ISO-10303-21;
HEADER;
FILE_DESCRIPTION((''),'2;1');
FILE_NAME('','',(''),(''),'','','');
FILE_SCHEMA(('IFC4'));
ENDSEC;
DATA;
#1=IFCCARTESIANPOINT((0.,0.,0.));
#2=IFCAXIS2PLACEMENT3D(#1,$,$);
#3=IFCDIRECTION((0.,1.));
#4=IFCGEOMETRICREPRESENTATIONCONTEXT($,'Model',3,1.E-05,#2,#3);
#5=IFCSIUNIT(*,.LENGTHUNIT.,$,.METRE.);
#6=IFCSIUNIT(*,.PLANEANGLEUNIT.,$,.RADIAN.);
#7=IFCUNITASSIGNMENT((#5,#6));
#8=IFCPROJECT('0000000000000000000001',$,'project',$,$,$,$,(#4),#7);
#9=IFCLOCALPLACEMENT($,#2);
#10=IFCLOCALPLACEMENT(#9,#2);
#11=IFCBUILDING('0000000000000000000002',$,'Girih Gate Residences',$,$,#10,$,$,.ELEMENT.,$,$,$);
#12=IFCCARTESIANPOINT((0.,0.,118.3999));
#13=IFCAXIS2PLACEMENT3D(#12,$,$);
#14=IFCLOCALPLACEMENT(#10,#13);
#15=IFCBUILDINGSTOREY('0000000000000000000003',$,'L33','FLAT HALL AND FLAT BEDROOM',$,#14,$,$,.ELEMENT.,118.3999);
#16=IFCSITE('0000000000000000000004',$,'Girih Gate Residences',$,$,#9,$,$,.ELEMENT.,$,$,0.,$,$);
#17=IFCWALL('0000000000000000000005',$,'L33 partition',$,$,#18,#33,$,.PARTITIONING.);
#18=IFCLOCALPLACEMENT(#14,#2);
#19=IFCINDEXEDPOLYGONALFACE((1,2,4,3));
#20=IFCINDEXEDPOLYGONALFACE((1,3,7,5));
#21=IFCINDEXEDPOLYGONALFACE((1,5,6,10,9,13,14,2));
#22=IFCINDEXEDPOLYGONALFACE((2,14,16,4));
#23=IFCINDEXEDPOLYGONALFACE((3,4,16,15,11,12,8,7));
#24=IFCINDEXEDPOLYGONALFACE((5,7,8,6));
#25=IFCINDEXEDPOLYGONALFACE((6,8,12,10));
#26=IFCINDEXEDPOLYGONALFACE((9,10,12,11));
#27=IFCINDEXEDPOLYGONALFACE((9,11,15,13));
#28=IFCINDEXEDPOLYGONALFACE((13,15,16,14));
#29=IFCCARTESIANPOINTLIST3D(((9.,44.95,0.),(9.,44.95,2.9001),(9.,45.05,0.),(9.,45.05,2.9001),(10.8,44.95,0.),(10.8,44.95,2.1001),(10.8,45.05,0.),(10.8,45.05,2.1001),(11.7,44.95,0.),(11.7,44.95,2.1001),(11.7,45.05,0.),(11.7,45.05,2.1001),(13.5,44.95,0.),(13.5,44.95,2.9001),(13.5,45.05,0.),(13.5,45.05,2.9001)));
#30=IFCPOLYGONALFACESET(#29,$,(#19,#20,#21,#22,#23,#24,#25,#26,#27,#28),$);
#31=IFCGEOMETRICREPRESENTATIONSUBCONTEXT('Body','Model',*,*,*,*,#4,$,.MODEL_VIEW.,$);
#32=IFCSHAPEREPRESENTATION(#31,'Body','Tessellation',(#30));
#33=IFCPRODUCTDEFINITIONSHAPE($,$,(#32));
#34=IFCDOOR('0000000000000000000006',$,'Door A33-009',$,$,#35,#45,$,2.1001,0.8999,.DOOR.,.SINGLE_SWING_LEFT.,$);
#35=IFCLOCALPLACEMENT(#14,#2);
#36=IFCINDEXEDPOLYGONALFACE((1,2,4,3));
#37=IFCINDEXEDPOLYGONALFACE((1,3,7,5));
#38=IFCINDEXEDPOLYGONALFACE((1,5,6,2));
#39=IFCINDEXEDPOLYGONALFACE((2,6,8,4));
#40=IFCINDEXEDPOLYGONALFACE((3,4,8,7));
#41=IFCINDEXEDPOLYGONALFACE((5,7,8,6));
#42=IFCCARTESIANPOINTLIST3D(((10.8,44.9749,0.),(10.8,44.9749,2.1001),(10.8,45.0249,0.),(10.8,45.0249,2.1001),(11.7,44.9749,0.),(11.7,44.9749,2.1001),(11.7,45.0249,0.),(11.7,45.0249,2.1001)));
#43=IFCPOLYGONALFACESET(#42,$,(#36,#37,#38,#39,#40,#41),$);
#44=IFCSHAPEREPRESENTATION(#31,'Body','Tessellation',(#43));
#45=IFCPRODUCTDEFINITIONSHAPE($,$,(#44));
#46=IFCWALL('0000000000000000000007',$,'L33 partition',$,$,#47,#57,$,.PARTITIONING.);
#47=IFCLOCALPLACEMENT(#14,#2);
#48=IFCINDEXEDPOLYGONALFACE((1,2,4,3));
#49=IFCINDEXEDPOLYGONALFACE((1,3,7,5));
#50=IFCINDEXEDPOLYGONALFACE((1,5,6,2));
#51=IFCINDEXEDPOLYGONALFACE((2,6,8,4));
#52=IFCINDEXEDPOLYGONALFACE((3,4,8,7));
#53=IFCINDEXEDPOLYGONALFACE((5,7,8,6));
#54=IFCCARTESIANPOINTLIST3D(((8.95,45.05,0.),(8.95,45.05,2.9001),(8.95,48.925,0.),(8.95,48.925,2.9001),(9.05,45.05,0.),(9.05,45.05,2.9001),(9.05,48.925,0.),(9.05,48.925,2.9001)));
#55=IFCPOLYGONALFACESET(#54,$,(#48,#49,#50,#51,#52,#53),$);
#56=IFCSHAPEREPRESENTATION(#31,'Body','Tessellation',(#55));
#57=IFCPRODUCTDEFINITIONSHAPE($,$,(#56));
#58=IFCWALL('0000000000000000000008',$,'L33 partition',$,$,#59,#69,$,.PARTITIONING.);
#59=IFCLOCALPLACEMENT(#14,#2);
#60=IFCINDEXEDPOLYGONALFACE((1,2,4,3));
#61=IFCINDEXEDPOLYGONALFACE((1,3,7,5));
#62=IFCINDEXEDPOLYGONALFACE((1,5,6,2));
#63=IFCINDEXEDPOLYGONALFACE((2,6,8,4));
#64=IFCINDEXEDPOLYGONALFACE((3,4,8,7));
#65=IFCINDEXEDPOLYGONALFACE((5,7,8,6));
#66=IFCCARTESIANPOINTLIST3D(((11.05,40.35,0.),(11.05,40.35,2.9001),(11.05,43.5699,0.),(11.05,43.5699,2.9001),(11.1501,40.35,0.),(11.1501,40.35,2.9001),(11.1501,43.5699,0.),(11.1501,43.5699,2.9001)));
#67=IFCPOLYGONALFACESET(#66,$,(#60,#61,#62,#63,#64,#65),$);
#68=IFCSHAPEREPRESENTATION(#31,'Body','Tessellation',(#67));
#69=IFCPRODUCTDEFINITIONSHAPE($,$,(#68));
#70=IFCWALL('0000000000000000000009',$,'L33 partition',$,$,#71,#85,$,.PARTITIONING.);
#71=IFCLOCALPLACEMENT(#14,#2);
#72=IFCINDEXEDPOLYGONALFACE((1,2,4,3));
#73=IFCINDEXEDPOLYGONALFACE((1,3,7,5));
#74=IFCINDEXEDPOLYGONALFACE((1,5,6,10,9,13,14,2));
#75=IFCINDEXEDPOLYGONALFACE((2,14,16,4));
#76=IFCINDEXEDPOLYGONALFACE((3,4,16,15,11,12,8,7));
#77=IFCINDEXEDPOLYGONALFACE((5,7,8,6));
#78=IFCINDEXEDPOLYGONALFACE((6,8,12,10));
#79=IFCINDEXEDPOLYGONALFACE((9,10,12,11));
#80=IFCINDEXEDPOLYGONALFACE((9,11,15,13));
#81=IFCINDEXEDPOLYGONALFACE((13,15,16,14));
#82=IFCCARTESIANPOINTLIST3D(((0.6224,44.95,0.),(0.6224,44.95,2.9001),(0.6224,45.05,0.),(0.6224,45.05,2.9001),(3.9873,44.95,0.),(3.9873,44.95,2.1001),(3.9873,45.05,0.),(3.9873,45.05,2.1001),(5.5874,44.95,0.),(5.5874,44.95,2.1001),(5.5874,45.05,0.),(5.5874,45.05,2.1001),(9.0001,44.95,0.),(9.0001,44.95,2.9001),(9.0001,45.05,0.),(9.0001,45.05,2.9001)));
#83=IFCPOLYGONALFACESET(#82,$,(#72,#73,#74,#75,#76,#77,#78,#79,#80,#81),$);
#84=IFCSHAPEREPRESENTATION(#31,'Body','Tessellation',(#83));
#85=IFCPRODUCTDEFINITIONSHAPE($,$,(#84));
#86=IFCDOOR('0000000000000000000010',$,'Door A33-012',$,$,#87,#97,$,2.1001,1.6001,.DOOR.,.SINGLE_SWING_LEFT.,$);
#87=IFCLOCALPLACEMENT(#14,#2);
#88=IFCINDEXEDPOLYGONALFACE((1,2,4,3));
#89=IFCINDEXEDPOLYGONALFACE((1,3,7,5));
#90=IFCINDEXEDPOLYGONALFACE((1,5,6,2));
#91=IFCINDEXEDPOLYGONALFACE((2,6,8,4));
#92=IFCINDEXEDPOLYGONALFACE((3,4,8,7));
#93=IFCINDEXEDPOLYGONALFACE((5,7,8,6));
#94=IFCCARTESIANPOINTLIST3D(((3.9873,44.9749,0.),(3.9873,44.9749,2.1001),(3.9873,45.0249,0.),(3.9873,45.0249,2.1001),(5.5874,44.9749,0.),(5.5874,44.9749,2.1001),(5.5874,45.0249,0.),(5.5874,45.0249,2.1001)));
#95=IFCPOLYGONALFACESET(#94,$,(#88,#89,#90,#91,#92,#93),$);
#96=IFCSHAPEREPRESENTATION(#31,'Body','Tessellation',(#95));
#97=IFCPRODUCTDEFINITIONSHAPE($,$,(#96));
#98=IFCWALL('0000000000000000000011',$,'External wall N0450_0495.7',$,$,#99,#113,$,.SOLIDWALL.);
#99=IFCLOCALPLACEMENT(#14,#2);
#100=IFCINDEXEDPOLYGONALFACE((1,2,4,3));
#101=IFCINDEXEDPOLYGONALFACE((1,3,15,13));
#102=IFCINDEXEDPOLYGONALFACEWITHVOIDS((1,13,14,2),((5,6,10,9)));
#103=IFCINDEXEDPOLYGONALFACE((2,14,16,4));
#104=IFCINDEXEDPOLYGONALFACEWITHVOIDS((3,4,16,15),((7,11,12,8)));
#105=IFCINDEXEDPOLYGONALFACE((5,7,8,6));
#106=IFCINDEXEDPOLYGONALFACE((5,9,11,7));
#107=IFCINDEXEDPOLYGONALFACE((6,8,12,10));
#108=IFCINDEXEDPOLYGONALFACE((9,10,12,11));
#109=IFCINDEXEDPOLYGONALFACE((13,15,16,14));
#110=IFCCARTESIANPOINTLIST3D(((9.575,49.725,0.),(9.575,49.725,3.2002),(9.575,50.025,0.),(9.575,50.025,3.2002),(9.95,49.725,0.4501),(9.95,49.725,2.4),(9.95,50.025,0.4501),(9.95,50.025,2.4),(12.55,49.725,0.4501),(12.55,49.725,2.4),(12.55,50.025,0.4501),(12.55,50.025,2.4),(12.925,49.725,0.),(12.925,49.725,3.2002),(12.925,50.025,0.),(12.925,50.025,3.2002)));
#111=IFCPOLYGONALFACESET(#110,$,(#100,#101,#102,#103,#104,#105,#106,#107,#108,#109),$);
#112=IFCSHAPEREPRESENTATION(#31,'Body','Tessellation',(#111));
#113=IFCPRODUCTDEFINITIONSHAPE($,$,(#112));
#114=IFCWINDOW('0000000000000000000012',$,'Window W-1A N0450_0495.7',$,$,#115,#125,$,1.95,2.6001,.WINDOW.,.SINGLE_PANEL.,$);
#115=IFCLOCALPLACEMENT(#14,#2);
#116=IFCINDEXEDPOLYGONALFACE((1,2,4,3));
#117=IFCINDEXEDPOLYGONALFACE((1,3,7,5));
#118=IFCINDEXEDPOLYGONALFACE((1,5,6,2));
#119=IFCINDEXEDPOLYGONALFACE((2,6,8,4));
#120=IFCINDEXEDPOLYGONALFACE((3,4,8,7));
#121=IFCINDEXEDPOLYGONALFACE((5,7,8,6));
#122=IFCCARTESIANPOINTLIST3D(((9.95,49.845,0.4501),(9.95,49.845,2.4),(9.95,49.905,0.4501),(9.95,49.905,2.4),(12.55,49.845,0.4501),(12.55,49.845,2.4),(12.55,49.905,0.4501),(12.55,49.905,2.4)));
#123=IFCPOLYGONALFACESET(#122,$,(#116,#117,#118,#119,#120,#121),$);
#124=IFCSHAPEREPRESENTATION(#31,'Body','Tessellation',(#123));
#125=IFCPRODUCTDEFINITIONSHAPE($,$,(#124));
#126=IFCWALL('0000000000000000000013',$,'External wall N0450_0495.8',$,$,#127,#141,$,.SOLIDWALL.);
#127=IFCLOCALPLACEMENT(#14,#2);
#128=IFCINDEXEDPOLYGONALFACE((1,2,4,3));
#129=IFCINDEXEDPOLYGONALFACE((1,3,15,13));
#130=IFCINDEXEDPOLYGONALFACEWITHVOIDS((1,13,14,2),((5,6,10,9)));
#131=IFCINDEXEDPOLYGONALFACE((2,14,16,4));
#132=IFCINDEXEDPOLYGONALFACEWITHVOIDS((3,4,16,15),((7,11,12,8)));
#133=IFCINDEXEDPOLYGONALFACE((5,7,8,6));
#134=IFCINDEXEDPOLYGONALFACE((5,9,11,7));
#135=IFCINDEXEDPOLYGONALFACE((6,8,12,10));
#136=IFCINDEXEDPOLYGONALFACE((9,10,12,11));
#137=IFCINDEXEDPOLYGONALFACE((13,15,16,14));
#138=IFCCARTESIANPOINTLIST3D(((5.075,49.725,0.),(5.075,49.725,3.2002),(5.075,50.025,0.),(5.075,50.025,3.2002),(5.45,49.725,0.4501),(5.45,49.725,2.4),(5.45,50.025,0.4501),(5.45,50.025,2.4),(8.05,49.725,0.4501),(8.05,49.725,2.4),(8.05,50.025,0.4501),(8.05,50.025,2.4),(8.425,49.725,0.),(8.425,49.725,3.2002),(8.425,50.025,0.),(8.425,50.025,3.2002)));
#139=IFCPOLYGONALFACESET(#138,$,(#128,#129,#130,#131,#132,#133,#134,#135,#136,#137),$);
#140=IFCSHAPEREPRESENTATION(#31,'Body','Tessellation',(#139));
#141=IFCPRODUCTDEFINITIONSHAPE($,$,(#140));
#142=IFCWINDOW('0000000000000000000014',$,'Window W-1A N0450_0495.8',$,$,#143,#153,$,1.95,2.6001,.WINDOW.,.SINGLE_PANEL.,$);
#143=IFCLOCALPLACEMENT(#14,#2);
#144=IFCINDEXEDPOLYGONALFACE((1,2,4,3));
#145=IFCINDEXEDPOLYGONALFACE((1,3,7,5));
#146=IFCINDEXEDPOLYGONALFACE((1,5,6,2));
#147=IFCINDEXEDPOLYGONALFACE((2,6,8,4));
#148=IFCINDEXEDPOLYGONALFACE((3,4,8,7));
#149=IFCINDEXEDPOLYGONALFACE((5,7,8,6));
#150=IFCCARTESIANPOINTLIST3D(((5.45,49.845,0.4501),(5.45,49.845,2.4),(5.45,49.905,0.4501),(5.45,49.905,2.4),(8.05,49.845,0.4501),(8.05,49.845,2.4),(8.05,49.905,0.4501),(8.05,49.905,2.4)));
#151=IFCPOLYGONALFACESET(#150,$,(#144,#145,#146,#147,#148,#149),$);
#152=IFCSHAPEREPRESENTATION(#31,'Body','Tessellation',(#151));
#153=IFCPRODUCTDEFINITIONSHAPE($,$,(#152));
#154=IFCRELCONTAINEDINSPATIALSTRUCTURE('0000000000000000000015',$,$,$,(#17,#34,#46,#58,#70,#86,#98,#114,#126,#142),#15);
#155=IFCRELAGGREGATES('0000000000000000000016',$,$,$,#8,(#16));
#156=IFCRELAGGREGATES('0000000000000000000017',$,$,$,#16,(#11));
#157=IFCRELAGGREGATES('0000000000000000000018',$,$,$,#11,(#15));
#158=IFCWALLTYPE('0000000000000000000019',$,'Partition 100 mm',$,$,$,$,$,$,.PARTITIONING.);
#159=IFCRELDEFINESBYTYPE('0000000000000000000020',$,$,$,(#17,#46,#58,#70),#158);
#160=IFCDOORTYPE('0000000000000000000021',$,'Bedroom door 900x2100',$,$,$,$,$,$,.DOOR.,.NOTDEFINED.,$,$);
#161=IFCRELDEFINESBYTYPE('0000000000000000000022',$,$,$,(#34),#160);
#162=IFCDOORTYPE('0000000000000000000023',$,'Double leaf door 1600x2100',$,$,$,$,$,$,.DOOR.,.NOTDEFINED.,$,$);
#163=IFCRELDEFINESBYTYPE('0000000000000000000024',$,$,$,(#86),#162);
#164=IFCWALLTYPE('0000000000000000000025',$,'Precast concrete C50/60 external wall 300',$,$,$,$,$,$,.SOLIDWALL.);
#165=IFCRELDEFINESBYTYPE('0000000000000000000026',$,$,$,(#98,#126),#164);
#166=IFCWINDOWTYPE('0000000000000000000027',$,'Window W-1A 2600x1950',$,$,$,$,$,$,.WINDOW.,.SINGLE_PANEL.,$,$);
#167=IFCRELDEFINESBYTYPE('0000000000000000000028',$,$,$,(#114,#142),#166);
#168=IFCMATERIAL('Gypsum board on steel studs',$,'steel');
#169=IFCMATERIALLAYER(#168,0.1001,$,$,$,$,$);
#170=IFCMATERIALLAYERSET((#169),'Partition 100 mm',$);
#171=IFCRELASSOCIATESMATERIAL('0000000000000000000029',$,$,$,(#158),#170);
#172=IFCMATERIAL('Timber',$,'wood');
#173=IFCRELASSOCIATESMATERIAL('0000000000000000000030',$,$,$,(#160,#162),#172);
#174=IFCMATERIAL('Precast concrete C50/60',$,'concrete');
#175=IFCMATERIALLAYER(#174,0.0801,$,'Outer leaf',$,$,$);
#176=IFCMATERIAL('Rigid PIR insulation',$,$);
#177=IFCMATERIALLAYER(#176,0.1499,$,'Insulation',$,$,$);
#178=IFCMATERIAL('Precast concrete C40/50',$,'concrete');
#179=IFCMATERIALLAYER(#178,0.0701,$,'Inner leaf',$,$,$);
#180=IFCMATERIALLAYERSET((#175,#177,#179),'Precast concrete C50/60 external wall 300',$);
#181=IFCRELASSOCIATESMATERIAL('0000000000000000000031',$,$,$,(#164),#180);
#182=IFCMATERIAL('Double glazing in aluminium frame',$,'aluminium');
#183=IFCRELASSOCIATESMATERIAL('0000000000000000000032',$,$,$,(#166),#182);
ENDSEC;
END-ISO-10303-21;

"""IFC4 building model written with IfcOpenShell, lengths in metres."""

from ifc_helpers import new_model, si_unit, direction, frame, frame_2d, origin, place, context, subcontext, project, spatial, rectangle, extrude, material, layer, layer_set, type_object, element, fill, save


model = new_model("IFC4")

# Units and contexts
model_context = context("Model", 3, precision=1e-05, world=origin(), true_north=direction((0.0, 1.0)))
body_context = subcontext(model_context, "Body", "Model", "MODEL_VIEW")
ifc_project = project(units=[si_unit("LENGTHUNIT", "METRE"), si_unit("PLANEANGLEUNIT", "RADIAN")], contexts=[model_context])

# Site, building, storey
site_placement = place(None, origin())
site = spatial("IfcSite", under=ifc_project, at=site_placement, Name="Girih Gate Residences", CompositionType="ELEMENT", RefElevation=0.0)
building_placement = place(site_placement, origin())
building = spatial("IfcBuilding", under=site, at=building_placement, Name="Girih Gate Residences", CompositionType="ELEMENT")
storey_placement = place(building_placement, frame((0.0, 0.0, 118.3999)))
storey = spatial("IfcBuildingStorey", under=building, at=storey_placement, Name="L33", Description="FLAT HALL AND FLAT BEDROOM", CompositionType="ELEMENT", Elevation=118.3999)

# Shared definitions
ifc_material_1 = material(Name="Gypsum board on steel studs", Category="steel")

# Wall, opening, door
ifc_layer_1 = layer(ifc_material_1, 0.1001)
ifc_layer_set_1 = layer_set([ifc_layer_1], Name="Partition 100 mm")
wall_type_1 = type_object("IfcWallType", Name="Partition 100 mm", PredefinedType="PARTITIONING", material=ifc_layer_set_1)
wall_1_placement = place(storey_placement, frame((9.0, 45.0, 0.0), z_axis=(0.0, 0.0, 1.0), x_axis=(1.0, 0.0, 0.0)))
wall_1 = element("IfcWall", 1, at=wall_1_placement, inside=storey, type_object=wall_type_1, Name="L33 partition", PredefinedType="PARTITIONING", context=body_context, shape_type="SweptSolid", body=[
    extrude(rectangle(XDim=4.5, YDim=0.1001, at=frame_2d((2.25, 0.0))), origin(), (0.0, 0.0, 1.0), 2.9001),
])
opening_1_placement = place(wall_1_placement, frame((1.8, 0.0, 0.0)))
opening_1 = element("IfcOpeningElement", 2, at=opening_1_placement, cuts=wall_1, PredefinedType="OPENING", context=body_context, shape_type="SweptSolid", body=[
    extrude(rectangle(XDim=0.8999, YDim=2.1001, at=frame_2d((0.45, 1.05))), frame((0.0, 0.0601, 0.0), z_axis=(0.0, -1.0, 0.0), x_axis=(1.0, 0.0, 0.0)), (0.0, 0.0, 1.0), 0.1201),
])
ifc_material_2 = material(Name="Timber", Category="wood")
door_type_1 = type_object("IfcDoorType", Name="Bedroom door 900x2100", OperationType="NOTDEFINED", PredefinedType="DOOR", material=ifc_material_2)
door_1_placement = place(opening_1_placement, origin())
door_1 = element("IfcDoor", 3, at=door_1_placement, inside=storey, type_object=door_type_1, Name="Door A33-009", OperationType="SINGLE_SWING_LEFT", OverallHeight=2.1001, OverallWidth=0.8999, PredefinedType="DOOR", context=body_context, shape_type="SweptSolid", body=[
    extrude(rectangle(XDim=0.8999, YDim=2.1001, at=frame_2d((0.45, 1.05))), frame((0.0, 0.0249, 0.0), z_axis=(0.0, -1.0, 0.0), x_axis=(1.0, 0.0, 0.0)), (0.0, 0.0, 1.0), 0.05),
])
fill(opening_1, door_1)

# Walls
wall_2_placement = place(storey_placement, frame((9.0, 45.05, 0.0), z_axis=(0.0, 0.0, 1.0), x_axis=(0.0, 1.0, 0.0)))
element("IfcWall", 4, at=wall_2_placement, inside=storey, type_object=wall_type_1, Name="L33 partition", PredefinedType="PARTITIONING", context=body_context, shape_type="SweptSolid", body=[
    extrude(rectangle(XDim=3.875, YDim=0.1001, at=frame_2d((1.9375, 0.0))), origin(), (0.0, 0.0, 1.0), 2.9001),
])
wall_3_placement = place(storey_placement, frame((11.1001, 40.3501, 0.0), z_axis=(0.0, 0.0, 1.0), x_axis=(0.0, 1.0, 0.0)))
element("IfcWall", 5, at=wall_3_placement, inside=storey, type_object=wall_type_1, Name="L33 partition", PredefinedType="PARTITIONING", context=body_context, shape_type="SweptSolid", body=[
    extrude(rectangle(XDim=3.22, YDim=0.1001, at=frame_2d((1.6099, 0.0))), origin(), (0.0, 0.0, 1.0), 2.9001),
])

# Wall, opening, door
wall_4_placement = place(storey_placement, frame((0.6223, 45.0, 0.0), z_axis=(0.0, 0.0, 1.0), x_axis=(1.0, 0.0, 0.0)))
wall_4 = element("IfcWall", 6, at=wall_4_placement, inside=storey, type_object=wall_type_1, Name="L33 partition", PredefinedType="PARTITIONING", context=body_context, shape_type="SweptSolid", body=[
    extrude(rectangle(XDim=8.3777, YDim=0.1001, at=frame_2d((4.189, 0.0))), origin(), (0.0, 0.0, 1.0), 2.9001),
])
opening_2_placement = place(wall_4_placement, frame((3.365, 0.0, 0.0)))
opening_2 = element("IfcOpeningElement", 7, at=opening_2_placement, cuts=wall_4, PredefinedType="OPENING", context=body_context, shape_type="SweptSolid", body=[
    extrude(rectangle(XDim=1.6001, YDim=2.1001, at=frame_2d((0.8, 1.05))), frame((0.0, 0.0601, 0.0), z_axis=(0.0, -1.0, 0.0), x_axis=(1.0, 0.0, 0.0)), (0.0, 0.0, 1.0), 0.1201),
])
door_type_2 = type_object("IfcDoorType", Name="Double leaf door 1600x2100", OperationType="NOTDEFINED", PredefinedType="DOOR", material=ifc_material_2)
door_2_placement = place(opening_2_placement, origin())
door_2 = element("IfcDoor", 8, at=door_2_placement, inside=storey, type_object=door_type_2, Name="Door A33-012", OperationType="SINGLE_SWING_LEFT", OverallHeight=2.1001, OverallWidth=1.6001, PredefinedType="DOOR", context=body_context, shape_type="SweptSolid", body=[
    extrude(rectangle(XDim=1.6001, YDim=2.1001, at=frame_2d((0.8, 1.05))), frame((0.0, 0.0249, 0.0), z_axis=(0.0, -1.0, 0.0), x_axis=(1.0, 0.0, 0.0)), (0.0, 0.0, 1.0), 0.05),
])
fill(opening_2, door_2)

# Walls, openings, windows
ifc_material_3 = material(Name="Precast concrete C50/60", Category="concrete")
ifc_layer_2 = layer(ifc_material_3, 0.0801, Name="Outer leaf")
ifc_material_4 = material(Name="Rigid PIR insulation")
ifc_layer_3 = layer(ifc_material_4, 0.1499, Name="Insulation")
ifc_material_5 = material(Name="Precast concrete C40/50", Category="concrete")
ifc_layer_4 = layer(ifc_material_5, 0.0701, Name="Inner leaf")
ifc_layer_set_2 = layer_set([ifc_layer_2, ifc_layer_3, ifc_layer_4], Name="Precast concrete C50/60 external wall 300")
wall_type_2 = type_object("IfcWallType", Name="Precast concrete C50/60 external wall 300", PredefinedType="SOLIDWALL", material=ifc_layer_set_2)
wall_5_placement = place(storey_placement, frame((9.575, 49.875, 0.0), z_axis=(0.0, 0.0, 1.0), x_axis=(1.0, 0.0, 0.0)))
wall_5 = element("IfcWall", 9, at=wall_5_placement, inside=storey, type_object=wall_type_2, Name="External wall N0450_0495.7", PredefinedType="SOLIDWALL", context=body_context, shape_type="SweptSolid", body=[
    extrude(rectangle(XDim=3.3501, YDim=0.3, at=frame_2d((1.675, 0.0))), origin(), (0.0, 0.0, 1.0), 3.2002),
])
opening_3_placement = place(wall_5_placement, frame((0.375, 0.0, 0.45)))
opening_3 = element("IfcOpeningElement", 10, at=opening_3_placement, cuts=wall_5, PredefinedType="OPENING", context=body_context, shape_type="SweptSolid", body=[
    extrude(rectangle(XDim=2.6001, YDim=1.95, at=frame_2d((1.3, 0.9751))), frame((0.0, 0.1599, 0.0), z_axis=(0.0, -1.0, 0.0), x_axis=(1.0, 0.0, 0.0)), (0.0, 0.0, 1.0), 0.3201),
])
ifc_material_6 = material(Name="Double glazing in aluminium frame", Category="aluminium")
window_type_1 = type_object("IfcWindowType", Name="Window W-1A 2600x1950", PartitioningType="SINGLE_PANEL", PredefinedType="WINDOW", material=ifc_material_6)
window_1_placement = place(opening_3_placement, origin())
window_1 = element("IfcWindow", 11, at=window_1_placement, inside=storey, type_object=window_type_1, Name="Window W-1A N0450_0495.7", OverallHeight=1.95, OverallWidth=2.6001, PartitioningType="SINGLE_PANEL", PredefinedType="WINDOW", context=body_context, shape_type="SweptSolid", body=[
    extrude(rectangle(XDim=2.6001, YDim=1.95, at=frame_2d((1.3, 0.9751))), frame((0.0, 0.03, 0.0), z_axis=(0.0, -1.0, 0.0), x_axis=(1.0, 0.0, 0.0)), (0.0, 0.0, 1.0), 0.0601),
])
fill(opening_3, window_1)
wall_6_placement = place(storey_placement, frame((5.075, 49.875, 0.0), z_axis=(0.0, 0.0, 1.0), x_axis=(1.0, 0.0, 0.0)))
wall_6 = element("IfcWall", 12, at=wall_6_placement, inside=storey, type_object=wall_type_2, Name="External wall N0450_0495.8", PredefinedType="SOLIDWALL", context=body_context, shape_type="SweptSolid", body=[
    extrude(rectangle(XDim=3.3501, YDim=0.3, at=frame_2d((1.675, 0.0))), origin(), (0.0, 0.0, 1.0), 3.2002),
])
opening_4_placement = place(wall_6_placement, frame((0.375, 0.0, 0.45)))
opening_4 = element("IfcOpeningElement", 13, at=opening_4_placement, cuts=wall_6, PredefinedType="OPENING", context=body_context, shape_type="SweptSolid", body=[
    extrude(rectangle(XDim=2.6001, YDim=1.95, at=frame_2d((1.3, 0.9751))), frame((0.0, 0.1599, 0.0), z_axis=(0.0, -1.0, 0.0), x_axis=(1.0, 0.0, 0.0)), (0.0, 0.0, 1.0), 0.3201),
])
window_2_placement = place(opening_4_placement, origin())
window_2 = element("IfcWindow", 14, at=window_2_placement, inside=storey, type_object=window_type_1, Name="Window W-1A N0450_0495.8", OverallHeight=1.95, OverallWidth=2.6001, PartitioningType="SINGLE_PANEL", PredefinedType="WINDOW", context=body_context, shape_type="SweptSolid", body=[
    extrude(rectangle(XDim=2.6001, YDim=1.95, at=frame_2d((1.3, 0.9751))), frame((0.0, 0.03, 0.0), z_axis=(0.0, -1.0, 0.0), x_axis=(1.0, 0.0, 0.0)), (0.0, 0.0, 1.0), 0.0601),
])
fill(opening_4, window_2)

save(model, "model.ifc")
